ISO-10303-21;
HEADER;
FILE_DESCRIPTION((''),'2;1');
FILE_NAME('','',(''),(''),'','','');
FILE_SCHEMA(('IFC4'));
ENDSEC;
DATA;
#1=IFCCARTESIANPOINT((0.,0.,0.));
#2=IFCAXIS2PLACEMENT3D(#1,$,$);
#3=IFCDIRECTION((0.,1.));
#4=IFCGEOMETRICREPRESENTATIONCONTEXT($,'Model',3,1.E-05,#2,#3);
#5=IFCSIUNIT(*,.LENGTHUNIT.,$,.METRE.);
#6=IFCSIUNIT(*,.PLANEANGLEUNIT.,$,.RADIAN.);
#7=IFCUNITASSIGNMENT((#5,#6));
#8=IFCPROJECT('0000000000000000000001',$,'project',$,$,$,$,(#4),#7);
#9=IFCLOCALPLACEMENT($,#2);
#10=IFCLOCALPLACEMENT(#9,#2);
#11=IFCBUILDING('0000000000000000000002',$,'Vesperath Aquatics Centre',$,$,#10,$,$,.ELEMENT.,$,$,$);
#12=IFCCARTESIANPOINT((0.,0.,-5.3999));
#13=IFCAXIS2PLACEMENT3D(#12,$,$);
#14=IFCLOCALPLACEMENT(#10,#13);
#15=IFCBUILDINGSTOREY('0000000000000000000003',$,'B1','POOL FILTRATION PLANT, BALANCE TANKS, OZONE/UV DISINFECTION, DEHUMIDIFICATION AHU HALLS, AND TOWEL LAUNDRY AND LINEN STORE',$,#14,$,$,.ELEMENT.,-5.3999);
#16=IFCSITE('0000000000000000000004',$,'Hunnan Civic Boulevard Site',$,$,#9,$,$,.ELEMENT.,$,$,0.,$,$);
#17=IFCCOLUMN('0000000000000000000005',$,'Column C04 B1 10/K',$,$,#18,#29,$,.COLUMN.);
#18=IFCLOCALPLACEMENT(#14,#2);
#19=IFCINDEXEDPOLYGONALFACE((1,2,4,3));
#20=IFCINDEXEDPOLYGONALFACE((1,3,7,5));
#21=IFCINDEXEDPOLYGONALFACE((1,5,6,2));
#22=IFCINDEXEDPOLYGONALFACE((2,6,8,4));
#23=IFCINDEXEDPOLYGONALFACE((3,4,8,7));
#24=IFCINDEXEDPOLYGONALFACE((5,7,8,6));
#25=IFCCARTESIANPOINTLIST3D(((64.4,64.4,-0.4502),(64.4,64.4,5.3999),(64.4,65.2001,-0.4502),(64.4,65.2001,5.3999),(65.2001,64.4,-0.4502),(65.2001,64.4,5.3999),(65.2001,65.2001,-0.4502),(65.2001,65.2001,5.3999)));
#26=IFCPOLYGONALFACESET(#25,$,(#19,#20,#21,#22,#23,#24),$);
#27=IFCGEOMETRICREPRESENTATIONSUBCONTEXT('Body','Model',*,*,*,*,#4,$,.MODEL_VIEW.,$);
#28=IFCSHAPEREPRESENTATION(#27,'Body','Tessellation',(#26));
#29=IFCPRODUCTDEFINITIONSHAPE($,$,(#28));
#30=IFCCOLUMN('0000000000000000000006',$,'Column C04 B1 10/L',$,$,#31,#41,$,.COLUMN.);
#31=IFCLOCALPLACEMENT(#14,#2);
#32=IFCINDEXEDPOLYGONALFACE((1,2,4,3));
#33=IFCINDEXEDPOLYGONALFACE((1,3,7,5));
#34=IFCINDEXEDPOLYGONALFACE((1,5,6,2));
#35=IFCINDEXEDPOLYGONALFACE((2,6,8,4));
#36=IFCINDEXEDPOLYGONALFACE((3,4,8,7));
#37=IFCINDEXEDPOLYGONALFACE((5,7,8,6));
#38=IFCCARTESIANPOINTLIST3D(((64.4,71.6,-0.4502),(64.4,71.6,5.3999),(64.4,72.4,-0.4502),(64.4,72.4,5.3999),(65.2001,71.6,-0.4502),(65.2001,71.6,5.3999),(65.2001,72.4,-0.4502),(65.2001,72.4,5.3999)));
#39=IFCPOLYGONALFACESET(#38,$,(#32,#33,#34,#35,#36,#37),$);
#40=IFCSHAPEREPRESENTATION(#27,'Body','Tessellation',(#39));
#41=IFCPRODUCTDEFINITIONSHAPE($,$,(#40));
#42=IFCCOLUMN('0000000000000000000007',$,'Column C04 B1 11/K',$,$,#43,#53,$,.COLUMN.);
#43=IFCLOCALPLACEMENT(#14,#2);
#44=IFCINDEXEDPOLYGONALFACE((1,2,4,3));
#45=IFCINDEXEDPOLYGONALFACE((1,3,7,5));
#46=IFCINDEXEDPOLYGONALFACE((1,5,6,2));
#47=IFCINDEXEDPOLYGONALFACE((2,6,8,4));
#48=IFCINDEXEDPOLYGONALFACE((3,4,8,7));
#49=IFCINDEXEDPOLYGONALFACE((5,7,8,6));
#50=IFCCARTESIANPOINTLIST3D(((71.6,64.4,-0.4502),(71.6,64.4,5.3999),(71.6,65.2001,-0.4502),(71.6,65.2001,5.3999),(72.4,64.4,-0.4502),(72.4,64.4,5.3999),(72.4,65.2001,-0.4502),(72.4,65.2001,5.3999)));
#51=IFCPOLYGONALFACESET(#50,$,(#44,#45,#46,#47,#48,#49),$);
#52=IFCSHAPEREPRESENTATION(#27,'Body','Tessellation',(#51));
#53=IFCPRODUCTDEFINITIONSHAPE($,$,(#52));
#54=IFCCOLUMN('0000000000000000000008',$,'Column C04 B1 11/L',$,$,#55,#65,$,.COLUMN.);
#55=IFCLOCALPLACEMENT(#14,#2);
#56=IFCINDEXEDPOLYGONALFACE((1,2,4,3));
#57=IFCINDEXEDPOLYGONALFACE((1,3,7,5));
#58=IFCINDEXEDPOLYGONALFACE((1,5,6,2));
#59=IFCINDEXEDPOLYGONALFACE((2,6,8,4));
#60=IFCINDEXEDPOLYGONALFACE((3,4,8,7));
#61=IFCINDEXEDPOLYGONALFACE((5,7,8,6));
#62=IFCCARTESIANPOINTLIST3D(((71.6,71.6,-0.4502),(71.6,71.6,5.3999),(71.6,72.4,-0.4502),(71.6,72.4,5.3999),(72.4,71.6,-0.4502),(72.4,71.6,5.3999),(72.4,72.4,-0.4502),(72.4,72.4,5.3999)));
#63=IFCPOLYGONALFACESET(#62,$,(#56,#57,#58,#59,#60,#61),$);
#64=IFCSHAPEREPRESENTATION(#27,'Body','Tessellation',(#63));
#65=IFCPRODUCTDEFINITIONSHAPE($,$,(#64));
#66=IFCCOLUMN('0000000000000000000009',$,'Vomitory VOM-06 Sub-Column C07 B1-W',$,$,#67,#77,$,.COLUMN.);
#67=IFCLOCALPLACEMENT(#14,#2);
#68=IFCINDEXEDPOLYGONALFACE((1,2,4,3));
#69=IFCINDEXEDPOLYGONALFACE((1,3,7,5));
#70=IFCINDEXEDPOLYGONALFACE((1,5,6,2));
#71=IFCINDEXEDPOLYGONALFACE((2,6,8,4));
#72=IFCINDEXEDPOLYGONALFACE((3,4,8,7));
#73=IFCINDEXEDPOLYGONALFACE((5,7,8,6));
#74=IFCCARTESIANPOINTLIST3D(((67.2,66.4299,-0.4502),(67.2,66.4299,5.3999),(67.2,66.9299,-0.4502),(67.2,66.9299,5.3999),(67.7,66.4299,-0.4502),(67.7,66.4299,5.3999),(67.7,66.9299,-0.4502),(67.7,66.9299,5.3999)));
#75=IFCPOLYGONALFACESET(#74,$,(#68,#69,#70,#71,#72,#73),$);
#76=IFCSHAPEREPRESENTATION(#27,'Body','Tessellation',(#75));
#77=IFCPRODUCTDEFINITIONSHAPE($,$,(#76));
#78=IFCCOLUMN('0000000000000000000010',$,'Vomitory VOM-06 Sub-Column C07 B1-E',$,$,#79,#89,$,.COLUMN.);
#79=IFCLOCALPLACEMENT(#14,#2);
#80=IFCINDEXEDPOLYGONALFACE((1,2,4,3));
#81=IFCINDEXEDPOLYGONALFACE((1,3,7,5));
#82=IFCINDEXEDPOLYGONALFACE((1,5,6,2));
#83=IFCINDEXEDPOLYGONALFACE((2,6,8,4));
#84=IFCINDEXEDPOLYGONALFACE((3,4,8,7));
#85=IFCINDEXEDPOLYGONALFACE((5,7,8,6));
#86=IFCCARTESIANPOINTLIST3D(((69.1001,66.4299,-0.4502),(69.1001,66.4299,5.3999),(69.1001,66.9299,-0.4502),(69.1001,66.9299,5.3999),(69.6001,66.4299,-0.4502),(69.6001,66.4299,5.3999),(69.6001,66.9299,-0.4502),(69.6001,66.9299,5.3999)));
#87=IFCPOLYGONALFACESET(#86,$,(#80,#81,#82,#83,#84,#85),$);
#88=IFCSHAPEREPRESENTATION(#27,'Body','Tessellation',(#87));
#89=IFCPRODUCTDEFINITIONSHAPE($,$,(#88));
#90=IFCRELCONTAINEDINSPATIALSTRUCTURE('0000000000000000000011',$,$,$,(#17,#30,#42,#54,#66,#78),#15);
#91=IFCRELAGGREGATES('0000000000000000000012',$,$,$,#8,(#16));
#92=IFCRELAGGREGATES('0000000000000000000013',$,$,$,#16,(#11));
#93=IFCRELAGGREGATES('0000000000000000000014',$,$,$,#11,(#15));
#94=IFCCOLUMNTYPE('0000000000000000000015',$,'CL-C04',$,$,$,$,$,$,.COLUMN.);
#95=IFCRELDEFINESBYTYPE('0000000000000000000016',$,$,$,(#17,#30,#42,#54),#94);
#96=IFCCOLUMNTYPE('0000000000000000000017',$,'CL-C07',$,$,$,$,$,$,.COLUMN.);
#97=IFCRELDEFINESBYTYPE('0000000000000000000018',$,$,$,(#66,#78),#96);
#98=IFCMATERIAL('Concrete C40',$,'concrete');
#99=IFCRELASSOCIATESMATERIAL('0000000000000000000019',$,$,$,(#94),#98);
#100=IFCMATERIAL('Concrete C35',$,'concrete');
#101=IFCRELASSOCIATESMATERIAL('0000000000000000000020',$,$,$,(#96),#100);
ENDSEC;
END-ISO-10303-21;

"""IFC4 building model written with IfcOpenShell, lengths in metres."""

from ifc_helpers import new_model, si_unit, direction, frame, origin, origin_2d, place, context, subcontext, project, spatial, rectangle, extrude, material, material_profile, profile_set, type_object, element, save


model = new_model("IFC4")

# Units and contexts
model_context = context("Model", 3, precision=1e-05, world=origin(), true_north=direction((0.0, 1.0)))
body_context = subcontext(model_context, "Body", "Model", "MODEL_VIEW")
ifc_project = project(units=[si_unit("LENGTHUNIT", "METRE"), si_unit("PLANEANGLEUNIT", "RADIAN")], contexts=[model_context])

# Site, building, storey
site_placement = place(None, origin())
site = spatial("IfcSite", under=ifc_project, at=site_placement, Name="Hunnan Civic Boulevard Site", CompositionType="ELEMENT", RefElevation=0.0)
building_placement = place(site_placement, origin())
building = spatial("IfcBuilding", under=site, at=building_placement, Name="Vesperath Aquatics Centre", CompositionType="ELEMENT")
storey_placement = place(building_placement, frame((0.0, 0.0, -5.3999)))
storey = spatial("IfcBuildingStorey", under=building, at=storey_placement, Name="B1", Description="POOL FILTRATION PLANT, BALANCE TANKS, OZONE/UV DISINFECTION, DEHUMIDIFICATION AHU HALLS, AND TOWEL LAUNDRY AND LINEN STORE", CompositionType="ELEMENT", Elevation=-5.3999)

# Shared definitions
ifc_material_1 = material(Name="Concrete C40", Category="concrete")

# Shared definitions
ifc_material_2 = material(Name="Concrete C35", Category="concrete")

# Columns
ifc_material_profile_1 = material_profile(ifc_material_1, rectangle(XDim=0.8, YDim=0.8, at=origin_2d()), Name="RC 800x800")
ifc_profile_set_1 = profile_set([ifc_material_profile_1], Name="Concrete C40")
column_type_1 = type_object("IfcColumnType", Name="CL-C04", PredefinedType="COLUMN", material=ifc_profile_set_1)
for number, where, z_axis, x_axis, name in (
    (1, (64.8, 64.8, -0.4502), (0.0, 0.0, 1.0), (1.0, 0.0, 0.0), "Column C04 B1 10/K"),
    (2, (64.8, 72.0, -0.4502), (0.0, 0.0, 1.0), (1.0, 0.0, 0.0), "Column C04 B1 10/L"),
    (3, (72.0, 64.8, -0.4502), (0.0, 0.0, 1.0), (1.0, 0.0, 0.0), "Column C04 B1 11/K"),
    (4, (72.0, 72.0, -0.4502), (0.0, 0.0, 1.0), (1.0, 0.0, 0.0), "Column C04 B1 11/L"),
):
    element("IfcColumn", number, at=place(storey_placement, frame(where, z_axis=z_axis, x_axis=x_axis)), inside=storey, type_object=column_type_1, Name=name, PredefinedType="COLUMN", context=body_context, shape_type="SweptSolid", body=[
        extrude(rectangle(XDim=0.8, YDim=0.8, at=origin_2d()), origin(), (0.0, 0.0, 1.0), 5.8501),
    ])
ifc_material_profile_2 = material_profile(ifc_material_2, rectangle(XDim=0.5, YDim=0.5, at=origin_2d()), Name="RC 500x500")
ifc_profile_set_2 = profile_set([ifc_material_profile_2], Name="Concrete C35")
column_type_2 = type_object("IfcColumnType", Name="CL-C07", PredefinedType="COLUMN", material=ifc_profile_set_2)
for number, where, z_axis, x_axis, name in (
    (5, (67.45, 66.6799, -0.4502), (0.0, 0.0, 1.0), (1.0, 0.0, 0.0), "Vomitory VOM-06 Sub-Column C07 B1-W"),
    (6, (69.3501, 66.6799, -0.4502), (0.0, 0.0, 1.0), (1.0, 0.0, 0.0), "Vomitory VOM-06 Sub-Column C07 B1-E"),
):
    element("IfcColumn", number, at=place(storey_placement, frame(where, z_axis=z_axis, x_axis=x_axis)), inside=storey, type_object=column_type_2, Name=name, PredefinedType="COLUMN", context=body_context, shape_type="SweptSolid", body=[
        extrude(rectangle(XDim=0.5, YDim=0.5, at=origin_2d()), origin(), (0.0, 0.0, 1.0), 5.8501),
    ])

save(model, "model.ifc")
